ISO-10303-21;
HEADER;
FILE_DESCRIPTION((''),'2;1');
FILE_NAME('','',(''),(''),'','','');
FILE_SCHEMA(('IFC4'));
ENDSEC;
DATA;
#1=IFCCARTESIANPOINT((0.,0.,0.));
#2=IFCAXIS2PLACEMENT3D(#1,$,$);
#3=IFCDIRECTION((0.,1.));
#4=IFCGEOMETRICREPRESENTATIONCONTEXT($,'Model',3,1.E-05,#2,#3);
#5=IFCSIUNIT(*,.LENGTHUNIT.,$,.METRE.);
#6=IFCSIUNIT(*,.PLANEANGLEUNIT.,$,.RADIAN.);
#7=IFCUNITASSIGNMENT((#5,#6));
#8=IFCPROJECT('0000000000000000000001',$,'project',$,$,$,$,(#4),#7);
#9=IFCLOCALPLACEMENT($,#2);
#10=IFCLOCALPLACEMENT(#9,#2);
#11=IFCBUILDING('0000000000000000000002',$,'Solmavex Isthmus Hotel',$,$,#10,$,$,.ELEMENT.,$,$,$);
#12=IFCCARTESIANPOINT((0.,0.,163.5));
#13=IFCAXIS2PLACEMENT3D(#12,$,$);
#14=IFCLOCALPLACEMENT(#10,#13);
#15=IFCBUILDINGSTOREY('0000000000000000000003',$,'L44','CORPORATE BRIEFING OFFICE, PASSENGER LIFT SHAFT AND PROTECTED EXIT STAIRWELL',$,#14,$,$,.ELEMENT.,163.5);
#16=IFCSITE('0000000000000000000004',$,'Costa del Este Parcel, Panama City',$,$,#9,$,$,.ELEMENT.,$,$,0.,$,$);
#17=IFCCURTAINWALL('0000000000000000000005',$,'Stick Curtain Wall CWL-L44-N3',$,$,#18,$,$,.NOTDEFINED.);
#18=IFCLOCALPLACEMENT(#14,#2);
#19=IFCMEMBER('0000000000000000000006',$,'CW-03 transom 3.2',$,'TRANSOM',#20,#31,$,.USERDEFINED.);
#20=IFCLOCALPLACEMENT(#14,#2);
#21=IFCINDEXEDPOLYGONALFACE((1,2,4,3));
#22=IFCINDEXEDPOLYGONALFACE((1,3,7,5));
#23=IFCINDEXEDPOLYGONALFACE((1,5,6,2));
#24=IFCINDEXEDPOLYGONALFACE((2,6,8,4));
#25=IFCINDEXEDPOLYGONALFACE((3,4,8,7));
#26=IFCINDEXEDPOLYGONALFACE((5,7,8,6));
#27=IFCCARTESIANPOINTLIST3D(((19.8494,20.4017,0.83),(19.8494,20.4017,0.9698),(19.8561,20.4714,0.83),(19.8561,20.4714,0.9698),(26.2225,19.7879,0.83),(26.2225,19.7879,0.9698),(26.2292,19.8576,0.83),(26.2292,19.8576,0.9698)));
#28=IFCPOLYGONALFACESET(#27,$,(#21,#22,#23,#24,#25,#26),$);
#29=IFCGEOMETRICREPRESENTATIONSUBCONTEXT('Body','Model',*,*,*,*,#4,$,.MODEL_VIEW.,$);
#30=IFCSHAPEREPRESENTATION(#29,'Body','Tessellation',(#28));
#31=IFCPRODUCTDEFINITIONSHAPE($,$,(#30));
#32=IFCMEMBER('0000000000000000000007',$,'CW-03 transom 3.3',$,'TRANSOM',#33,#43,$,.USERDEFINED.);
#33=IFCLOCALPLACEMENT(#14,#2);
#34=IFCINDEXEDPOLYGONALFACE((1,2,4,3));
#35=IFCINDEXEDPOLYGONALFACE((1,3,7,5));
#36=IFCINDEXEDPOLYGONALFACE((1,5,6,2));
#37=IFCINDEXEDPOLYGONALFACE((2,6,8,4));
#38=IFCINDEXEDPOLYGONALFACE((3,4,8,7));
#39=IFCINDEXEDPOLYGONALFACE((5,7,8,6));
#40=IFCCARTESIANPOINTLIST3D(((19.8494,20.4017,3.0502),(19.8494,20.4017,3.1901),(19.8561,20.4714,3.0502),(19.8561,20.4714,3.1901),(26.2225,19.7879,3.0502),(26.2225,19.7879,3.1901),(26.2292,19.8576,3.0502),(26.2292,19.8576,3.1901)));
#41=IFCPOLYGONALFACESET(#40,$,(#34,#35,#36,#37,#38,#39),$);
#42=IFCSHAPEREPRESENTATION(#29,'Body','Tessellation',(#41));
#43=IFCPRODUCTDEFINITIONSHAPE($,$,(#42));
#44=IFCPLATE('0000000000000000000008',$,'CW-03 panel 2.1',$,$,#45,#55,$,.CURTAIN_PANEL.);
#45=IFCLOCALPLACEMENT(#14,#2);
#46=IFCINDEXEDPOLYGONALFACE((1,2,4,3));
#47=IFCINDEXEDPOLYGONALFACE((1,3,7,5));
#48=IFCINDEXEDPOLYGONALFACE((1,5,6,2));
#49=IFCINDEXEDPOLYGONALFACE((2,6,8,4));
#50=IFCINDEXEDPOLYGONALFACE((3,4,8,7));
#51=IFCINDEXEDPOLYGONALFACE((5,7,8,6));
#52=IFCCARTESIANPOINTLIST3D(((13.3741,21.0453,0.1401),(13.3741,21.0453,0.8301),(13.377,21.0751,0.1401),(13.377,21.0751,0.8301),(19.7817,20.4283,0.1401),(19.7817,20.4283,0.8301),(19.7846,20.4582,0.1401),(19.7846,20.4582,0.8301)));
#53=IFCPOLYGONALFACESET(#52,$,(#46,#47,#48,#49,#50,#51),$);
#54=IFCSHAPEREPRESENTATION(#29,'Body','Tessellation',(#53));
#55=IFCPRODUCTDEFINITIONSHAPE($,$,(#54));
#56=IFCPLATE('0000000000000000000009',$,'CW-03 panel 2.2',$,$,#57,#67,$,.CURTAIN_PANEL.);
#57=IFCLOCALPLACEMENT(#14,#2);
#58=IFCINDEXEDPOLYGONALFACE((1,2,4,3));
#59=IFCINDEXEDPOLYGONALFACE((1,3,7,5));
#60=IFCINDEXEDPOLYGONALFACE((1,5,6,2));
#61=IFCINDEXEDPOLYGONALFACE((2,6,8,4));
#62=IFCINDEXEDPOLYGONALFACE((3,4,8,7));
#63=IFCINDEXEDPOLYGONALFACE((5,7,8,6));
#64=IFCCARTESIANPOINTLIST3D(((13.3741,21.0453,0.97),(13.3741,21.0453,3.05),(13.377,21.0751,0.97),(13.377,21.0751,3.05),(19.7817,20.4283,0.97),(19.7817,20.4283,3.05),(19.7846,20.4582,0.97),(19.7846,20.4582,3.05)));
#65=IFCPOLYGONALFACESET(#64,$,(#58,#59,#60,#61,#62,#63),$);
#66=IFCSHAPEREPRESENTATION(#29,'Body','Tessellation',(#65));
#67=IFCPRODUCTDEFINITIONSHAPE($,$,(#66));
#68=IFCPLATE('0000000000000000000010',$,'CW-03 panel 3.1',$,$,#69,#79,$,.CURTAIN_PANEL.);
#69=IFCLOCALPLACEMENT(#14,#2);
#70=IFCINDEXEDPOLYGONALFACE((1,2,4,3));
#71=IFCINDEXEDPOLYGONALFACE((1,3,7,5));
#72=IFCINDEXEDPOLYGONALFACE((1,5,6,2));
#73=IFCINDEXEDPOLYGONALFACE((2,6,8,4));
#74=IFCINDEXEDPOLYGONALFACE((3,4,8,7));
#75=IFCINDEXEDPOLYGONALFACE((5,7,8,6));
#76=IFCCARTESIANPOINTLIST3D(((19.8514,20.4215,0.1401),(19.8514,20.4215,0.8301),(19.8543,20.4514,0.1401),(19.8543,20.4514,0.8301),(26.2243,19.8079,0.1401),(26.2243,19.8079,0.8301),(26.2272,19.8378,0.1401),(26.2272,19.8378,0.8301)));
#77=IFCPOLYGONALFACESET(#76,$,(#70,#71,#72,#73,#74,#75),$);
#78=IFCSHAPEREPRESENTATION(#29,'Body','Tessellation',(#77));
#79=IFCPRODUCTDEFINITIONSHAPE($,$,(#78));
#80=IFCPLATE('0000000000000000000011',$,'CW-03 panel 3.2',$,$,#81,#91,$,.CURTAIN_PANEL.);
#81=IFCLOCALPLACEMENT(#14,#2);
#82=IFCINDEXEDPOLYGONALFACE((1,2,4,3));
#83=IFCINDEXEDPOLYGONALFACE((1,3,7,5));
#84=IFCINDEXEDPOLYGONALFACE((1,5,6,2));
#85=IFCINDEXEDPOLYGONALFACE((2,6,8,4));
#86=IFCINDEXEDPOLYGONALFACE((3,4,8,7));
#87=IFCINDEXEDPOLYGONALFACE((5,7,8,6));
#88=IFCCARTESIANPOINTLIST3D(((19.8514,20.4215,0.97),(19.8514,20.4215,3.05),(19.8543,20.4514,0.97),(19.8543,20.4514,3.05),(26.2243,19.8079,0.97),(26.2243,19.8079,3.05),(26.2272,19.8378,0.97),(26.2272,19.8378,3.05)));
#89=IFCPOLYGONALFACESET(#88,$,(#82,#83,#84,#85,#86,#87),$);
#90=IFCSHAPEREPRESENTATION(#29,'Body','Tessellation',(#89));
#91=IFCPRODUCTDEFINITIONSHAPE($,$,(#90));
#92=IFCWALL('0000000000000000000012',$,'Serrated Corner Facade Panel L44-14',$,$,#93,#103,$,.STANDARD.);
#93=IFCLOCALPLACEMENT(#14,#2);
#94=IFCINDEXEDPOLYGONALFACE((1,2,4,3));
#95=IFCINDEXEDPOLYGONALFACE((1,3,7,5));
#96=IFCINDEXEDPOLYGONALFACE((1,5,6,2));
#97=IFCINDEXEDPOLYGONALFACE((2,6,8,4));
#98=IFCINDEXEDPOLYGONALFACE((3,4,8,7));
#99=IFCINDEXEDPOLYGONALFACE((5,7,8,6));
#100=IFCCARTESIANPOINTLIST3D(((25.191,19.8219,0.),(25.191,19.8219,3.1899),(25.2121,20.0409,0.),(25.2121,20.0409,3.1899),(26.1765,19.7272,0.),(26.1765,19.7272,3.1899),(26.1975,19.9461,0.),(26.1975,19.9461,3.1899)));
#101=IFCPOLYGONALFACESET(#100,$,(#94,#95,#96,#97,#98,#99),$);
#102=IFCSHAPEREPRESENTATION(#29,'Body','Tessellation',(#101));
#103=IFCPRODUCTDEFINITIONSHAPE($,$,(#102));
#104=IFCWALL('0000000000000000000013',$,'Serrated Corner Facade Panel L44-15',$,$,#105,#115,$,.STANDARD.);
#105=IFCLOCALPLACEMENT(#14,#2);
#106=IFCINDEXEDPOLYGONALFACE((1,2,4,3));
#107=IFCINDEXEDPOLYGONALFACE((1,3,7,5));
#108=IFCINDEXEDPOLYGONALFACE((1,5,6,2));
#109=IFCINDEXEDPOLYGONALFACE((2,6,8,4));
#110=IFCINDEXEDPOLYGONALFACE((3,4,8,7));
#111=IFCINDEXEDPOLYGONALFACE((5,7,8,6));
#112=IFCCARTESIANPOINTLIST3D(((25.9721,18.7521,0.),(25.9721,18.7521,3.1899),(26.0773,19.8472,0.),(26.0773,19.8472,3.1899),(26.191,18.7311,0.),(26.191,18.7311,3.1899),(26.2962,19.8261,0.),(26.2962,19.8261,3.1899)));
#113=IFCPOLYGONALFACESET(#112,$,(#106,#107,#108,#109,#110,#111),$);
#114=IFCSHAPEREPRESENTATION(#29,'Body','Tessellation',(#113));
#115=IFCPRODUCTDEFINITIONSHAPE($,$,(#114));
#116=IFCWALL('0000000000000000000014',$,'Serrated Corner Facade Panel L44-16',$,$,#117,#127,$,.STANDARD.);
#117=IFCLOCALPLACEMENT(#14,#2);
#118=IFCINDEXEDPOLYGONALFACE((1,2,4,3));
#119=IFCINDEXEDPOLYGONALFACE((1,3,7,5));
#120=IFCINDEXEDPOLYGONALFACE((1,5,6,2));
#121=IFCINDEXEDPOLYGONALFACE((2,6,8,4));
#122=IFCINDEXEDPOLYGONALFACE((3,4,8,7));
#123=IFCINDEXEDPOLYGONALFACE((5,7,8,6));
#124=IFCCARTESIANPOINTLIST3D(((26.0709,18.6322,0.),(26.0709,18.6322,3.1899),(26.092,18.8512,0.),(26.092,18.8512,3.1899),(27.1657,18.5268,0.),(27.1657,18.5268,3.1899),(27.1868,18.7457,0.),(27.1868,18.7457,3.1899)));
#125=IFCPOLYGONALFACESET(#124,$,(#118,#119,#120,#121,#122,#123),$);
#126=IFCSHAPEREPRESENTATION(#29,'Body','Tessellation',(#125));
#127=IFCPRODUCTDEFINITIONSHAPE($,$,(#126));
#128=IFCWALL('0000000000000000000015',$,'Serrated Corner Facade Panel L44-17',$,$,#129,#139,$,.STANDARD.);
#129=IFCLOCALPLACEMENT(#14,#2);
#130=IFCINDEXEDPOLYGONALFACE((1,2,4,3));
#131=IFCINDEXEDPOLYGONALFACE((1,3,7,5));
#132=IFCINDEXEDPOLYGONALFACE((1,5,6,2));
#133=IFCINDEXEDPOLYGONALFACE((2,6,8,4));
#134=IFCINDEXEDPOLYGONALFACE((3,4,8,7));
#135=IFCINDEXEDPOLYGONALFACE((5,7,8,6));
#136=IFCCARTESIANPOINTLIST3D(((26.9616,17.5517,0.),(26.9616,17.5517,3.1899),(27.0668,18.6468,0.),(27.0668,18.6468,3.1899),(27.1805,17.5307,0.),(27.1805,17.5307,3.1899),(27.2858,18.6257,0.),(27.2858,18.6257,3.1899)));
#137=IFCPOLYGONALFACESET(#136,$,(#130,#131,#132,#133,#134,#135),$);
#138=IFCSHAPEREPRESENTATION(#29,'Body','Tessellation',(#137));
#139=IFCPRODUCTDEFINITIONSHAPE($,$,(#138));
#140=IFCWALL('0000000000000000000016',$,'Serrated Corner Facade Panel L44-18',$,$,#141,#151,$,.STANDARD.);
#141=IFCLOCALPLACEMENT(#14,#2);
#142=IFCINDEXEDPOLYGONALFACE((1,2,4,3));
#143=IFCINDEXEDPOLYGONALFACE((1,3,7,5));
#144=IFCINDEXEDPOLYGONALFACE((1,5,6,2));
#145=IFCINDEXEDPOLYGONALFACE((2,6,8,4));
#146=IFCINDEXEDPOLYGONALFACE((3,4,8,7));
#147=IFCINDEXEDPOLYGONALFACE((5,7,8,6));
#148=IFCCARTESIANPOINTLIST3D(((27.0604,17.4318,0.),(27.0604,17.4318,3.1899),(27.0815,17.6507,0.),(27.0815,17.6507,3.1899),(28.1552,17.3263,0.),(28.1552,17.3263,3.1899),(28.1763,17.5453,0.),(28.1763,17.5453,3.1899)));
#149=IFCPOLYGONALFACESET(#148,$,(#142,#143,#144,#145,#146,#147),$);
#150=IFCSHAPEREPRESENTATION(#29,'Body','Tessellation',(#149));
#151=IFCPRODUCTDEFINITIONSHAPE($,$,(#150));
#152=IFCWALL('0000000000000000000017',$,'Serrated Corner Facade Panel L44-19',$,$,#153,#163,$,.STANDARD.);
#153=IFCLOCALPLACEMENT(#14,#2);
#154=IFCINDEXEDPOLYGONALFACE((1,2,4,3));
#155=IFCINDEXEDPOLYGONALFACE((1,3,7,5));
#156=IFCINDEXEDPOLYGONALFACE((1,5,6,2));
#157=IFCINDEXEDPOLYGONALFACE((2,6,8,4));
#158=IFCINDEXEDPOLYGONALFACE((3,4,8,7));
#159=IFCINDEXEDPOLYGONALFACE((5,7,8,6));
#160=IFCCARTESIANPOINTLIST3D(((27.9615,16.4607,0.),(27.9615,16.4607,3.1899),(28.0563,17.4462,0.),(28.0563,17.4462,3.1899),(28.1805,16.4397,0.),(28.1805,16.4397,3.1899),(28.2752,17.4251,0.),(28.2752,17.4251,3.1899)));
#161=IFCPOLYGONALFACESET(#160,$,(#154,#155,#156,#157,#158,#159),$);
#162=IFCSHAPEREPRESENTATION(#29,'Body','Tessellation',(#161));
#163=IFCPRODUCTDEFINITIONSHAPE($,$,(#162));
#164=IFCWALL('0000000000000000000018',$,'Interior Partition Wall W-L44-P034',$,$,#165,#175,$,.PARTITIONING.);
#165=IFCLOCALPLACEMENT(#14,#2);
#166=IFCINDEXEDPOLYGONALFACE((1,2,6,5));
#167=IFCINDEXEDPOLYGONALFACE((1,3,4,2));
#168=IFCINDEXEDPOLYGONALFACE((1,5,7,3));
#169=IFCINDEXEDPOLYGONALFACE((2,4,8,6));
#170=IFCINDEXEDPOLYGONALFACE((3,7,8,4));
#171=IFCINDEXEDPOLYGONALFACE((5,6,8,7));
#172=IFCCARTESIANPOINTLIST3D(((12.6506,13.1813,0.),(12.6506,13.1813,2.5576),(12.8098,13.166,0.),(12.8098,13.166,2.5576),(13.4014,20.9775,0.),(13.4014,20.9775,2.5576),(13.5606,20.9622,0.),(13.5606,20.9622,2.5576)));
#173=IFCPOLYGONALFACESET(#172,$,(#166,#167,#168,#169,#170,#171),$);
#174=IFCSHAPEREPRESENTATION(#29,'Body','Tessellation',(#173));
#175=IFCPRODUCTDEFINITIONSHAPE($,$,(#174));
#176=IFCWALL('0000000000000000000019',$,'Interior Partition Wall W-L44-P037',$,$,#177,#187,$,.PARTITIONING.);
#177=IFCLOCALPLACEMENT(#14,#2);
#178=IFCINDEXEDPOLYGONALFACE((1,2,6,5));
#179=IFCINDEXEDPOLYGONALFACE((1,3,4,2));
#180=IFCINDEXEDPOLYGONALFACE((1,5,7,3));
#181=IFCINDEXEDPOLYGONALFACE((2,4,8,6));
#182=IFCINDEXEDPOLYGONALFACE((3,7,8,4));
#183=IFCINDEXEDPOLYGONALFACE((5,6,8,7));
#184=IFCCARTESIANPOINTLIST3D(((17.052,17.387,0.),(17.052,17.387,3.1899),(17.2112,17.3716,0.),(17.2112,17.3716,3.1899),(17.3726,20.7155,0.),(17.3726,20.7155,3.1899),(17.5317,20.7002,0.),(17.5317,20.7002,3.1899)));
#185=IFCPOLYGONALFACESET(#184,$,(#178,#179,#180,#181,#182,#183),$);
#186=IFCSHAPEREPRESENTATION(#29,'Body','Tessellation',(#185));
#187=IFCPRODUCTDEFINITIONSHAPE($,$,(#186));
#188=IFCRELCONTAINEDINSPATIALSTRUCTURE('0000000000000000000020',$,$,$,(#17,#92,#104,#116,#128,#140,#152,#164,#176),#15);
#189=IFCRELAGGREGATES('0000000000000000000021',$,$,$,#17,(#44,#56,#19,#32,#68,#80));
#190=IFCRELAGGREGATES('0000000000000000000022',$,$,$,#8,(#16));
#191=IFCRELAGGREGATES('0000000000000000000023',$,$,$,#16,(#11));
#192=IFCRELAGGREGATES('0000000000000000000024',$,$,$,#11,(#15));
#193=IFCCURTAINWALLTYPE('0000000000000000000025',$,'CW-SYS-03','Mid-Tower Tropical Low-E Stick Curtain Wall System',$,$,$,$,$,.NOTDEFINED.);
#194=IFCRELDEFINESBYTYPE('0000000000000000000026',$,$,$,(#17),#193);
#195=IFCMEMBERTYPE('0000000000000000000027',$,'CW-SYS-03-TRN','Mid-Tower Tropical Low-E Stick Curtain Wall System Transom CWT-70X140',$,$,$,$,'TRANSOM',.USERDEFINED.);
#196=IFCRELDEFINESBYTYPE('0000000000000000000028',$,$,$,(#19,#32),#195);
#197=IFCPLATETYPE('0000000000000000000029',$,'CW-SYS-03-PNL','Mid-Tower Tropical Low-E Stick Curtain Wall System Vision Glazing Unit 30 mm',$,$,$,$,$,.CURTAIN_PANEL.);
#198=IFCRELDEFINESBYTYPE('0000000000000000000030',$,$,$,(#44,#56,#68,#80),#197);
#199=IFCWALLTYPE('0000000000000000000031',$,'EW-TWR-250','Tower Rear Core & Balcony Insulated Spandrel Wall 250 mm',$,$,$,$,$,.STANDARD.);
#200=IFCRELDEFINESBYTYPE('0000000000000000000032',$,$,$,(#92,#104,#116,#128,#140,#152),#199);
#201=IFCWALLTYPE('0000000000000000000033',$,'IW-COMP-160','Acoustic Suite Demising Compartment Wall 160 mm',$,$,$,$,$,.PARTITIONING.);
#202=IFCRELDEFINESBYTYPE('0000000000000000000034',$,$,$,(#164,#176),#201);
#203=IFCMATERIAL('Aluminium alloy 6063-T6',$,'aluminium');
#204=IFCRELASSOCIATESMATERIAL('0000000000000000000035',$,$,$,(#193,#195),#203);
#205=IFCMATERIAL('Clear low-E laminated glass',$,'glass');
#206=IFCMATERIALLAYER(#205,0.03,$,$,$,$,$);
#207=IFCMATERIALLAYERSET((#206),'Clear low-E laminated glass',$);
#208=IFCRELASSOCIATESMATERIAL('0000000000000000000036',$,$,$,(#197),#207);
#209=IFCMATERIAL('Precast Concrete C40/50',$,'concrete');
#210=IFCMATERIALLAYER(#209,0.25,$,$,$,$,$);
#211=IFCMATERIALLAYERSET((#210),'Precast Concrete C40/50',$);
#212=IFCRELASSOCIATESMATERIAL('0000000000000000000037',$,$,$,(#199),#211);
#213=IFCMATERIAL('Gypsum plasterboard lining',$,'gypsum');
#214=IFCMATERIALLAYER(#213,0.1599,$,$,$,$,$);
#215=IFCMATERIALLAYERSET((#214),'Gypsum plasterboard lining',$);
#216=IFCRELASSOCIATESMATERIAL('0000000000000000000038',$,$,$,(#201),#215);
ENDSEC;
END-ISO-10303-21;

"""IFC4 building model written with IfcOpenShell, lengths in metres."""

from ifc_helpers import new_model, si_unit, direction, frame, frame_2d, origin, origin_2d, place, context, subcontext, project, spatial, rectangle, extrude, material, layer, layer_set, material_profile, profile_set, type_object, element, aggregate, save


model = new_model("IFC4")

# Units and contexts
model_context = context("Model", 3, precision=1e-05, world=origin(), true_north=direction((0.0, 1.0)))
body_context = subcontext(model_context, "Body", "Model", "MODEL_VIEW")
ifc_project = project(units=[si_unit("LENGTHUNIT", "METRE"), si_unit("PLANEANGLEUNIT", "RADIAN")], contexts=[model_context])

# Site, building, storey
site_placement = place(None, origin())
site = spatial("IfcSite", under=ifc_project, at=site_placement, Name="Costa del Este Parcel, Panama City", CompositionType="ELEMENT", RefElevation=0.0)
building_placement = place(site_placement, origin())
building = spatial("IfcBuilding", under=site, at=building_placement, Name="Solmavex Isthmus Hotel", CompositionType="ELEMENT")
storey_placement = place(building_placement, frame((0.0, 0.0, 163.5)))
storey = spatial("IfcBuildingStorey", under=building, at=storey_placement, Name="L44", Description="CORPORATE BRIEFING OFFICE, PASSENGER LIFT SHAFT AND PROTECTED EXIT STAIRWELL", CompositionType="ELEMENT", Elevation=163.5)

# Curtain wall
ifc_material_1 = material(Name="Aluminium alloy 6063-T6", Category="aluminium")
curtain_wall_type = type_object("IfcCurtainWallType", Name="CW-SYS-03", Description="Mid-Tower Tropical Low-E Stick Curtain Wall System", PredefinedType="NOTDEFINED", material=ifc_material_1)
curtain_wall_1_placement = place(storey_placement, origin())
curtain_wall_1 = element("IfcCurtainWall", 1, at=curtain_wall_1_placement, inside=storey, type_object=curtain_wall_type, Name="Stick Curtain Wall CWL-L44-N3", PredefinedType="NOTDEFINED")

# Members
ifc_material_profile_1 = material_profile(ifc_material_1, rectangle(XDim=0.0701, YDim=0.1399, at=origin_2d()), Name="CWT-70X140")
ifc_profile_set_1 = profile_set([ifc_material_profile_1], Name="Aluminium alloy 6063-T6")
member_type_1 = type_object("IfcMemberType", Name="CW-SYS-03-TRN", Description="Mid-Tower Tropical Low-E Stick Curtain Wall System Transom CWT-70X140", ElementType="TRANSOM", PredefinedType="USERDEFINED", material=ifc_profile_set_1)
member_1_placement = place(storey_placement, frame((19.8528, 20.4365, 0.8999), z_axis=(0.995394, -0.095864, 0.0), x_axis=(0.095864, 0.995394, 0.0)))
member_1 = element("IfcMember", 2, at=member_1_placement, type_object=member_type_1, Name="CW-03 transom 3.2", ObjectType="TRANSOM", PredefinedType="USERDEFINED", context=body_context, shape_type="SweptSolid", body=[
    extrude(rectangle(XDim=0.0701, YDim=0.1399, at=origin_2d()), origin(), (0.0, 0.0, 1.0), 6.4026),
])
member_2_placement = place(storey_placement, frame((19.8528, 20.4365, 3.1201), z_axis=(0.995394, -0.095864, 0.0), x_axis=(0.095864, 0.995394, 0.0)))
member_2 = element("IfcMember", 3, at=member_2_placement, type_object=member_type_1, Name="CW-03 transom 3.3", ObjectType="TRANSOM", PredefinedType="USERDEFINED", context=body_context, shape_type="SweptSolid", body=[
    extrude(rectangle(XDim=0.0701, YDim=0.1399, at=origin_2d()), origin(), (0.0, 0.0, 1.0), 6.4026),
])

# Plates
ifc_material_2 = material(Name="Clear low-E laminated glass", Category="glass")
ifc_layer_1 = layer(ifc_material_2, 0.03)
ifc_layer_set_1 = layer_set([ifc_layer_1], Name="Clear low-E laminated glass")
plate_type = type_object("IfcPlateType", Name="CW-SYS-03-PNL", Description="Mid-Tower Tropical Low-E Stick Curtain Wall System Vision Glazing Unit 30 mm", PredefinedType="CURTAIN_PANEL", material=ifc_layer_set_1)
plate_1_placement = place(storey_placement, frame((16.5793, 20.7517, 0.1401), z_axis=(0.0, 0.0, 1.0), x_axis=(0.995396, -0.095846, 0.0)))
plate_1 = element("IfcPlate", 4, at=plate_1_placement, type_object=plate_type, Name="CW-03 panel 2.1", PredefinedType="CURTAIN_PANEL", context=body_context, shape_type="SweptSolid", body=[
    extrude(rectangle(XDim=6.4373, YDim=0.03, at=origin_2d()), origin(), (0.0, 0.0, 1.0), 0.6899),
])
plate_2_placement = place(storey_placement, frame((16.5793, 20.7517, 0.97), z_axis=(0.0, 0.0, 1.0), x_axis=(0.995396, -0.095846, 0.0)))
plate_2 = element("IfcPlate", 5, at=plate_2_placement, type_object=plate_type, Name="CW-03 panel 2.2", PredefinedType="CURTAIN_PANEL", context=body_context, shape_type="SweptSolid", body=[
    extrude(rectangle(XDim=6.4373, YDim=0.03, at=origin_2d()), origin(), (0.0, 0.0, 1.0), 2.0801),
])
plate_3_placement = place(storey_placement, frame((23.0393, 20.1296, 0.1401), z_axis=(0.0, 0.0, 1.0), x_axis=(0.995396, -0.095846, 0.0)))
plate_3 = element("IfcPlate", 6, at=plate_3_placement, type_object=plate_type, Name="CW-03 panel 3.1", PredefinedType="CURTAIN_PANEL", context=body_context, shape_type="SweptSolid", body=[
    extrude(rectangle(XDim=6.4023, YDim=0.03, at=origin_2d()), origin(), (0.0, 0.0, 1.0), 0.6899),
])
plate_4_placement = place(storey_placement, frame((23.0393, 20.1296, 0.97), z_axis=(0.0, 0.0, 1.0), x_axis=(0.995396, -0.095846, 0.0)))
plate_4 = element("IfcPlate", 7, at=plate_4_placement, type_object=plate_type, Name="CW-03 panel 3.2", PredefinedType="CURTAIN_PANEL", context=body_context, shape_type="SweptSolid", body=[
    extrude(rectangle(XDim=6.4023, YDim=0.03, at=origin_2d()), origin(), (0.0, 0.0, 1.0), 2.0801),
])
aggregate(curtain_wall_1, [plate_1, plate_2, member_1, member_2, plate_3, plate_4])

# Walls
ifc_material_3 = material(Name="Precast Concrete C40/50", Category="concrete")
ifc_layer_2 = layer(ifc_material_3, 0.25)
ifc_layer_set_2 = layer_set([ifc_layer_2], Name="Precast Concrete C40/50")
wall_type_1 = type_object("IfcWallType", Name="EW-TWR-250", Description="Tower Rear Core & Balcony Insulated Spandrel Wall 250 mm", PredefinedType="STANDARD", material=ifc_layer_set_2)
wall_1_placement = place(storey_placement, frame((25.2014, 19.9314, 0.0), z_axis=(0.0, 0.0, 1.0), x_axis=(0.995411, -0.095694, 0.0)))
element("IfcWall", 8, at=wall_1_placement, inside=storey, type_object=wall_type_1, Name="Serrated Corner Facade Panel L44-14", PredefinedType="STANDARD", context=body_context, shape_type="SweptSolid", body=[
    extrude(rectangle(XDim=0.99, YDim=0.22, at=frame_2d((0.4951, 0.0))), origin(), (0.0, 0.0, 1.0), 3.1899),
])
wall_2_placement = place(storey_placement, frame((26.1868, 19.8367, 0.0), z_axis=(0.0, 0.0, 1.0), x_axis=(-0.095657, -0.995414, 0.0)))
element("IfcWall", 9, at=wall_2_placement, inside=storey, type_object=wall_type_1, Name="Serrated Corner Facade Panel L44-15", PredefinedType="STANDARD", context=body_context, shape_type="SweptSolid", body=[
    extrude(rectangle(XDim=1.1001, YDim=0.22, at=frame_2d((0.55, 0.0))), origin(), (0.0, 0.0, 1.0), 3.1899),
])
wall_3_placement = place(storey_placement, frame((26.0815, 18.7417, 0.0), z_axis=(0.0, 0.0, 1.0), x_axis=(0.995391, -0.095899, 0.0)))
element("IfcWall", 10, at=wall_3_placement, inside=storey, type_object=wall_type_1, Name="Serrated Corner Facade Panel L44-16", PredefinedType="STANDARD", context=body_context, shape_type="SweptSolid", body=[
    extrude(rectangle(XDim=1.0999, YDim=0.22, at=frame_2d((0.5498, 0.0))), origin(), (0.0, 0.0, 1.0), 3.1899),
])
wall_4_placement = place(storey_placement, frame((27.1763, 18.6362, 0.0), z_axis=(0.0, 0.0, 1.0), x_axis=(-0.095657, -0.995414, 0.0)))
element("IfcWall", 11, at=wall_4_placement, inside=storey, type_object=wall_type_1, Name="Serrated Corner Facade Panel L44-17", PredefinedType="STANDARD", context=body_context, shape_type="SweptSolid", body=[
    extrude(rectangle(XDim=1.1001, YDim=0.22, at=frame_2d((0.55, 0.0))), origin(), (0.0, 0.0, 1.0), 3.1899),
])
wall_5_placement = place(storey_placement, frame((27.071, 17.5413, 0.0), z_axis=(0.0, 0.0, 1.0), x_axis=(0.995391, -0.095899, 0.0)))
element("IfcWall", 12, at=wall_5_placement, inside=storey, type_object=wall_type_1, Name="Serrated Corner Facade Panel L44-18", PredefinedType="STANDARD", context=body_context, shape_type="SweptSolid", body=[
    extrude(rectangle(XDim=1.0999, YDim=0.22, at=frame_2d((0.5498, 0.0))), origin(), (0.0, 0.0, 1.0), 3.1899),
])
wall_6_placement = place(storey_placement, frame((28.1658, 17.4358, 0.0), z_axis=(0.0, 0.0, 1.0), x_axis=(-0.095694, -0.995411, 0.0)))
element("IfcWall", 13, at=wall_6_placement, inside=storey, type_object=wall_type_1, Name="Serrated Corner Facade Panel L44-19", PredefinedType="STANDARD", context=body_context, shape_type="SweptSolid", body=[
    extrude(rectangle(XDim=0.99, YDim=0.22, at=frame_2d((0.4951, 0.0))), origin(), (0.0, 0.0, 1.0), 3.1899),
])
ifc_material_4 = material(Name="Gypsum plasterboard lining", Category="gypsum")
ifc_layer_3 = layer(ifc_material_4, 0.1599)
ifc_layer_set_3 = layer_set([ifc_layer_3], Name="Gypsum plasterboard lining")
wall_type_2 = type_object("IfcWallType", Name="IW-COMP-160", Description="Acoustic Suite Demising Compartment Wall 160 mm", PredefinedType="PARTITIONING", material=ifc_layer_set_3)
wall_7_placement = place(storey_placement, frame((13.481, 20.9697, 0.0), z_axis=(0.0, 0.0, 1.0), x_axis=(-0.095852, -0.995396, 0.0)))
element("IfcWall", 14, at=wall_7_placement, inside=storey, type_object=wall_type_2, Name="Interior Partition Wall W-L44-P034", PredefinedType="PARTITIONING", context=body_context, shape_type="SweptSolid", body=[
    extrude(rectangle(XDim=7.8323, YDim=0.1599, at=frame_2d((3.916, 0.0))), origin(), (0.0, 0.0, 1.0), 2.5576),
])
wall_8_placement = place(storey_placement, frame((17.4521, 20.7078, 0.0), z_axis=(0.0, 0.0, 1.0), x_axis=(-0.09586, -0.995395, 0.0)))
element("IfcWall", 15, at=wall_8_placement, inside=storey, type_object=wall_type_2, Name="Interior Partition Wall W-L44-P037", PredefinedType="PARTITIONING", context=body_context, shape_type="SweptSolid", body=[
    extrude(rectangle(XDim=3.344, YDim=0.1599, at=frame_2d((1.6719, 0.0))), origin(), (0.0, 0.0, 1.0), 3.1899),
])

save(model, "model.ifc")
